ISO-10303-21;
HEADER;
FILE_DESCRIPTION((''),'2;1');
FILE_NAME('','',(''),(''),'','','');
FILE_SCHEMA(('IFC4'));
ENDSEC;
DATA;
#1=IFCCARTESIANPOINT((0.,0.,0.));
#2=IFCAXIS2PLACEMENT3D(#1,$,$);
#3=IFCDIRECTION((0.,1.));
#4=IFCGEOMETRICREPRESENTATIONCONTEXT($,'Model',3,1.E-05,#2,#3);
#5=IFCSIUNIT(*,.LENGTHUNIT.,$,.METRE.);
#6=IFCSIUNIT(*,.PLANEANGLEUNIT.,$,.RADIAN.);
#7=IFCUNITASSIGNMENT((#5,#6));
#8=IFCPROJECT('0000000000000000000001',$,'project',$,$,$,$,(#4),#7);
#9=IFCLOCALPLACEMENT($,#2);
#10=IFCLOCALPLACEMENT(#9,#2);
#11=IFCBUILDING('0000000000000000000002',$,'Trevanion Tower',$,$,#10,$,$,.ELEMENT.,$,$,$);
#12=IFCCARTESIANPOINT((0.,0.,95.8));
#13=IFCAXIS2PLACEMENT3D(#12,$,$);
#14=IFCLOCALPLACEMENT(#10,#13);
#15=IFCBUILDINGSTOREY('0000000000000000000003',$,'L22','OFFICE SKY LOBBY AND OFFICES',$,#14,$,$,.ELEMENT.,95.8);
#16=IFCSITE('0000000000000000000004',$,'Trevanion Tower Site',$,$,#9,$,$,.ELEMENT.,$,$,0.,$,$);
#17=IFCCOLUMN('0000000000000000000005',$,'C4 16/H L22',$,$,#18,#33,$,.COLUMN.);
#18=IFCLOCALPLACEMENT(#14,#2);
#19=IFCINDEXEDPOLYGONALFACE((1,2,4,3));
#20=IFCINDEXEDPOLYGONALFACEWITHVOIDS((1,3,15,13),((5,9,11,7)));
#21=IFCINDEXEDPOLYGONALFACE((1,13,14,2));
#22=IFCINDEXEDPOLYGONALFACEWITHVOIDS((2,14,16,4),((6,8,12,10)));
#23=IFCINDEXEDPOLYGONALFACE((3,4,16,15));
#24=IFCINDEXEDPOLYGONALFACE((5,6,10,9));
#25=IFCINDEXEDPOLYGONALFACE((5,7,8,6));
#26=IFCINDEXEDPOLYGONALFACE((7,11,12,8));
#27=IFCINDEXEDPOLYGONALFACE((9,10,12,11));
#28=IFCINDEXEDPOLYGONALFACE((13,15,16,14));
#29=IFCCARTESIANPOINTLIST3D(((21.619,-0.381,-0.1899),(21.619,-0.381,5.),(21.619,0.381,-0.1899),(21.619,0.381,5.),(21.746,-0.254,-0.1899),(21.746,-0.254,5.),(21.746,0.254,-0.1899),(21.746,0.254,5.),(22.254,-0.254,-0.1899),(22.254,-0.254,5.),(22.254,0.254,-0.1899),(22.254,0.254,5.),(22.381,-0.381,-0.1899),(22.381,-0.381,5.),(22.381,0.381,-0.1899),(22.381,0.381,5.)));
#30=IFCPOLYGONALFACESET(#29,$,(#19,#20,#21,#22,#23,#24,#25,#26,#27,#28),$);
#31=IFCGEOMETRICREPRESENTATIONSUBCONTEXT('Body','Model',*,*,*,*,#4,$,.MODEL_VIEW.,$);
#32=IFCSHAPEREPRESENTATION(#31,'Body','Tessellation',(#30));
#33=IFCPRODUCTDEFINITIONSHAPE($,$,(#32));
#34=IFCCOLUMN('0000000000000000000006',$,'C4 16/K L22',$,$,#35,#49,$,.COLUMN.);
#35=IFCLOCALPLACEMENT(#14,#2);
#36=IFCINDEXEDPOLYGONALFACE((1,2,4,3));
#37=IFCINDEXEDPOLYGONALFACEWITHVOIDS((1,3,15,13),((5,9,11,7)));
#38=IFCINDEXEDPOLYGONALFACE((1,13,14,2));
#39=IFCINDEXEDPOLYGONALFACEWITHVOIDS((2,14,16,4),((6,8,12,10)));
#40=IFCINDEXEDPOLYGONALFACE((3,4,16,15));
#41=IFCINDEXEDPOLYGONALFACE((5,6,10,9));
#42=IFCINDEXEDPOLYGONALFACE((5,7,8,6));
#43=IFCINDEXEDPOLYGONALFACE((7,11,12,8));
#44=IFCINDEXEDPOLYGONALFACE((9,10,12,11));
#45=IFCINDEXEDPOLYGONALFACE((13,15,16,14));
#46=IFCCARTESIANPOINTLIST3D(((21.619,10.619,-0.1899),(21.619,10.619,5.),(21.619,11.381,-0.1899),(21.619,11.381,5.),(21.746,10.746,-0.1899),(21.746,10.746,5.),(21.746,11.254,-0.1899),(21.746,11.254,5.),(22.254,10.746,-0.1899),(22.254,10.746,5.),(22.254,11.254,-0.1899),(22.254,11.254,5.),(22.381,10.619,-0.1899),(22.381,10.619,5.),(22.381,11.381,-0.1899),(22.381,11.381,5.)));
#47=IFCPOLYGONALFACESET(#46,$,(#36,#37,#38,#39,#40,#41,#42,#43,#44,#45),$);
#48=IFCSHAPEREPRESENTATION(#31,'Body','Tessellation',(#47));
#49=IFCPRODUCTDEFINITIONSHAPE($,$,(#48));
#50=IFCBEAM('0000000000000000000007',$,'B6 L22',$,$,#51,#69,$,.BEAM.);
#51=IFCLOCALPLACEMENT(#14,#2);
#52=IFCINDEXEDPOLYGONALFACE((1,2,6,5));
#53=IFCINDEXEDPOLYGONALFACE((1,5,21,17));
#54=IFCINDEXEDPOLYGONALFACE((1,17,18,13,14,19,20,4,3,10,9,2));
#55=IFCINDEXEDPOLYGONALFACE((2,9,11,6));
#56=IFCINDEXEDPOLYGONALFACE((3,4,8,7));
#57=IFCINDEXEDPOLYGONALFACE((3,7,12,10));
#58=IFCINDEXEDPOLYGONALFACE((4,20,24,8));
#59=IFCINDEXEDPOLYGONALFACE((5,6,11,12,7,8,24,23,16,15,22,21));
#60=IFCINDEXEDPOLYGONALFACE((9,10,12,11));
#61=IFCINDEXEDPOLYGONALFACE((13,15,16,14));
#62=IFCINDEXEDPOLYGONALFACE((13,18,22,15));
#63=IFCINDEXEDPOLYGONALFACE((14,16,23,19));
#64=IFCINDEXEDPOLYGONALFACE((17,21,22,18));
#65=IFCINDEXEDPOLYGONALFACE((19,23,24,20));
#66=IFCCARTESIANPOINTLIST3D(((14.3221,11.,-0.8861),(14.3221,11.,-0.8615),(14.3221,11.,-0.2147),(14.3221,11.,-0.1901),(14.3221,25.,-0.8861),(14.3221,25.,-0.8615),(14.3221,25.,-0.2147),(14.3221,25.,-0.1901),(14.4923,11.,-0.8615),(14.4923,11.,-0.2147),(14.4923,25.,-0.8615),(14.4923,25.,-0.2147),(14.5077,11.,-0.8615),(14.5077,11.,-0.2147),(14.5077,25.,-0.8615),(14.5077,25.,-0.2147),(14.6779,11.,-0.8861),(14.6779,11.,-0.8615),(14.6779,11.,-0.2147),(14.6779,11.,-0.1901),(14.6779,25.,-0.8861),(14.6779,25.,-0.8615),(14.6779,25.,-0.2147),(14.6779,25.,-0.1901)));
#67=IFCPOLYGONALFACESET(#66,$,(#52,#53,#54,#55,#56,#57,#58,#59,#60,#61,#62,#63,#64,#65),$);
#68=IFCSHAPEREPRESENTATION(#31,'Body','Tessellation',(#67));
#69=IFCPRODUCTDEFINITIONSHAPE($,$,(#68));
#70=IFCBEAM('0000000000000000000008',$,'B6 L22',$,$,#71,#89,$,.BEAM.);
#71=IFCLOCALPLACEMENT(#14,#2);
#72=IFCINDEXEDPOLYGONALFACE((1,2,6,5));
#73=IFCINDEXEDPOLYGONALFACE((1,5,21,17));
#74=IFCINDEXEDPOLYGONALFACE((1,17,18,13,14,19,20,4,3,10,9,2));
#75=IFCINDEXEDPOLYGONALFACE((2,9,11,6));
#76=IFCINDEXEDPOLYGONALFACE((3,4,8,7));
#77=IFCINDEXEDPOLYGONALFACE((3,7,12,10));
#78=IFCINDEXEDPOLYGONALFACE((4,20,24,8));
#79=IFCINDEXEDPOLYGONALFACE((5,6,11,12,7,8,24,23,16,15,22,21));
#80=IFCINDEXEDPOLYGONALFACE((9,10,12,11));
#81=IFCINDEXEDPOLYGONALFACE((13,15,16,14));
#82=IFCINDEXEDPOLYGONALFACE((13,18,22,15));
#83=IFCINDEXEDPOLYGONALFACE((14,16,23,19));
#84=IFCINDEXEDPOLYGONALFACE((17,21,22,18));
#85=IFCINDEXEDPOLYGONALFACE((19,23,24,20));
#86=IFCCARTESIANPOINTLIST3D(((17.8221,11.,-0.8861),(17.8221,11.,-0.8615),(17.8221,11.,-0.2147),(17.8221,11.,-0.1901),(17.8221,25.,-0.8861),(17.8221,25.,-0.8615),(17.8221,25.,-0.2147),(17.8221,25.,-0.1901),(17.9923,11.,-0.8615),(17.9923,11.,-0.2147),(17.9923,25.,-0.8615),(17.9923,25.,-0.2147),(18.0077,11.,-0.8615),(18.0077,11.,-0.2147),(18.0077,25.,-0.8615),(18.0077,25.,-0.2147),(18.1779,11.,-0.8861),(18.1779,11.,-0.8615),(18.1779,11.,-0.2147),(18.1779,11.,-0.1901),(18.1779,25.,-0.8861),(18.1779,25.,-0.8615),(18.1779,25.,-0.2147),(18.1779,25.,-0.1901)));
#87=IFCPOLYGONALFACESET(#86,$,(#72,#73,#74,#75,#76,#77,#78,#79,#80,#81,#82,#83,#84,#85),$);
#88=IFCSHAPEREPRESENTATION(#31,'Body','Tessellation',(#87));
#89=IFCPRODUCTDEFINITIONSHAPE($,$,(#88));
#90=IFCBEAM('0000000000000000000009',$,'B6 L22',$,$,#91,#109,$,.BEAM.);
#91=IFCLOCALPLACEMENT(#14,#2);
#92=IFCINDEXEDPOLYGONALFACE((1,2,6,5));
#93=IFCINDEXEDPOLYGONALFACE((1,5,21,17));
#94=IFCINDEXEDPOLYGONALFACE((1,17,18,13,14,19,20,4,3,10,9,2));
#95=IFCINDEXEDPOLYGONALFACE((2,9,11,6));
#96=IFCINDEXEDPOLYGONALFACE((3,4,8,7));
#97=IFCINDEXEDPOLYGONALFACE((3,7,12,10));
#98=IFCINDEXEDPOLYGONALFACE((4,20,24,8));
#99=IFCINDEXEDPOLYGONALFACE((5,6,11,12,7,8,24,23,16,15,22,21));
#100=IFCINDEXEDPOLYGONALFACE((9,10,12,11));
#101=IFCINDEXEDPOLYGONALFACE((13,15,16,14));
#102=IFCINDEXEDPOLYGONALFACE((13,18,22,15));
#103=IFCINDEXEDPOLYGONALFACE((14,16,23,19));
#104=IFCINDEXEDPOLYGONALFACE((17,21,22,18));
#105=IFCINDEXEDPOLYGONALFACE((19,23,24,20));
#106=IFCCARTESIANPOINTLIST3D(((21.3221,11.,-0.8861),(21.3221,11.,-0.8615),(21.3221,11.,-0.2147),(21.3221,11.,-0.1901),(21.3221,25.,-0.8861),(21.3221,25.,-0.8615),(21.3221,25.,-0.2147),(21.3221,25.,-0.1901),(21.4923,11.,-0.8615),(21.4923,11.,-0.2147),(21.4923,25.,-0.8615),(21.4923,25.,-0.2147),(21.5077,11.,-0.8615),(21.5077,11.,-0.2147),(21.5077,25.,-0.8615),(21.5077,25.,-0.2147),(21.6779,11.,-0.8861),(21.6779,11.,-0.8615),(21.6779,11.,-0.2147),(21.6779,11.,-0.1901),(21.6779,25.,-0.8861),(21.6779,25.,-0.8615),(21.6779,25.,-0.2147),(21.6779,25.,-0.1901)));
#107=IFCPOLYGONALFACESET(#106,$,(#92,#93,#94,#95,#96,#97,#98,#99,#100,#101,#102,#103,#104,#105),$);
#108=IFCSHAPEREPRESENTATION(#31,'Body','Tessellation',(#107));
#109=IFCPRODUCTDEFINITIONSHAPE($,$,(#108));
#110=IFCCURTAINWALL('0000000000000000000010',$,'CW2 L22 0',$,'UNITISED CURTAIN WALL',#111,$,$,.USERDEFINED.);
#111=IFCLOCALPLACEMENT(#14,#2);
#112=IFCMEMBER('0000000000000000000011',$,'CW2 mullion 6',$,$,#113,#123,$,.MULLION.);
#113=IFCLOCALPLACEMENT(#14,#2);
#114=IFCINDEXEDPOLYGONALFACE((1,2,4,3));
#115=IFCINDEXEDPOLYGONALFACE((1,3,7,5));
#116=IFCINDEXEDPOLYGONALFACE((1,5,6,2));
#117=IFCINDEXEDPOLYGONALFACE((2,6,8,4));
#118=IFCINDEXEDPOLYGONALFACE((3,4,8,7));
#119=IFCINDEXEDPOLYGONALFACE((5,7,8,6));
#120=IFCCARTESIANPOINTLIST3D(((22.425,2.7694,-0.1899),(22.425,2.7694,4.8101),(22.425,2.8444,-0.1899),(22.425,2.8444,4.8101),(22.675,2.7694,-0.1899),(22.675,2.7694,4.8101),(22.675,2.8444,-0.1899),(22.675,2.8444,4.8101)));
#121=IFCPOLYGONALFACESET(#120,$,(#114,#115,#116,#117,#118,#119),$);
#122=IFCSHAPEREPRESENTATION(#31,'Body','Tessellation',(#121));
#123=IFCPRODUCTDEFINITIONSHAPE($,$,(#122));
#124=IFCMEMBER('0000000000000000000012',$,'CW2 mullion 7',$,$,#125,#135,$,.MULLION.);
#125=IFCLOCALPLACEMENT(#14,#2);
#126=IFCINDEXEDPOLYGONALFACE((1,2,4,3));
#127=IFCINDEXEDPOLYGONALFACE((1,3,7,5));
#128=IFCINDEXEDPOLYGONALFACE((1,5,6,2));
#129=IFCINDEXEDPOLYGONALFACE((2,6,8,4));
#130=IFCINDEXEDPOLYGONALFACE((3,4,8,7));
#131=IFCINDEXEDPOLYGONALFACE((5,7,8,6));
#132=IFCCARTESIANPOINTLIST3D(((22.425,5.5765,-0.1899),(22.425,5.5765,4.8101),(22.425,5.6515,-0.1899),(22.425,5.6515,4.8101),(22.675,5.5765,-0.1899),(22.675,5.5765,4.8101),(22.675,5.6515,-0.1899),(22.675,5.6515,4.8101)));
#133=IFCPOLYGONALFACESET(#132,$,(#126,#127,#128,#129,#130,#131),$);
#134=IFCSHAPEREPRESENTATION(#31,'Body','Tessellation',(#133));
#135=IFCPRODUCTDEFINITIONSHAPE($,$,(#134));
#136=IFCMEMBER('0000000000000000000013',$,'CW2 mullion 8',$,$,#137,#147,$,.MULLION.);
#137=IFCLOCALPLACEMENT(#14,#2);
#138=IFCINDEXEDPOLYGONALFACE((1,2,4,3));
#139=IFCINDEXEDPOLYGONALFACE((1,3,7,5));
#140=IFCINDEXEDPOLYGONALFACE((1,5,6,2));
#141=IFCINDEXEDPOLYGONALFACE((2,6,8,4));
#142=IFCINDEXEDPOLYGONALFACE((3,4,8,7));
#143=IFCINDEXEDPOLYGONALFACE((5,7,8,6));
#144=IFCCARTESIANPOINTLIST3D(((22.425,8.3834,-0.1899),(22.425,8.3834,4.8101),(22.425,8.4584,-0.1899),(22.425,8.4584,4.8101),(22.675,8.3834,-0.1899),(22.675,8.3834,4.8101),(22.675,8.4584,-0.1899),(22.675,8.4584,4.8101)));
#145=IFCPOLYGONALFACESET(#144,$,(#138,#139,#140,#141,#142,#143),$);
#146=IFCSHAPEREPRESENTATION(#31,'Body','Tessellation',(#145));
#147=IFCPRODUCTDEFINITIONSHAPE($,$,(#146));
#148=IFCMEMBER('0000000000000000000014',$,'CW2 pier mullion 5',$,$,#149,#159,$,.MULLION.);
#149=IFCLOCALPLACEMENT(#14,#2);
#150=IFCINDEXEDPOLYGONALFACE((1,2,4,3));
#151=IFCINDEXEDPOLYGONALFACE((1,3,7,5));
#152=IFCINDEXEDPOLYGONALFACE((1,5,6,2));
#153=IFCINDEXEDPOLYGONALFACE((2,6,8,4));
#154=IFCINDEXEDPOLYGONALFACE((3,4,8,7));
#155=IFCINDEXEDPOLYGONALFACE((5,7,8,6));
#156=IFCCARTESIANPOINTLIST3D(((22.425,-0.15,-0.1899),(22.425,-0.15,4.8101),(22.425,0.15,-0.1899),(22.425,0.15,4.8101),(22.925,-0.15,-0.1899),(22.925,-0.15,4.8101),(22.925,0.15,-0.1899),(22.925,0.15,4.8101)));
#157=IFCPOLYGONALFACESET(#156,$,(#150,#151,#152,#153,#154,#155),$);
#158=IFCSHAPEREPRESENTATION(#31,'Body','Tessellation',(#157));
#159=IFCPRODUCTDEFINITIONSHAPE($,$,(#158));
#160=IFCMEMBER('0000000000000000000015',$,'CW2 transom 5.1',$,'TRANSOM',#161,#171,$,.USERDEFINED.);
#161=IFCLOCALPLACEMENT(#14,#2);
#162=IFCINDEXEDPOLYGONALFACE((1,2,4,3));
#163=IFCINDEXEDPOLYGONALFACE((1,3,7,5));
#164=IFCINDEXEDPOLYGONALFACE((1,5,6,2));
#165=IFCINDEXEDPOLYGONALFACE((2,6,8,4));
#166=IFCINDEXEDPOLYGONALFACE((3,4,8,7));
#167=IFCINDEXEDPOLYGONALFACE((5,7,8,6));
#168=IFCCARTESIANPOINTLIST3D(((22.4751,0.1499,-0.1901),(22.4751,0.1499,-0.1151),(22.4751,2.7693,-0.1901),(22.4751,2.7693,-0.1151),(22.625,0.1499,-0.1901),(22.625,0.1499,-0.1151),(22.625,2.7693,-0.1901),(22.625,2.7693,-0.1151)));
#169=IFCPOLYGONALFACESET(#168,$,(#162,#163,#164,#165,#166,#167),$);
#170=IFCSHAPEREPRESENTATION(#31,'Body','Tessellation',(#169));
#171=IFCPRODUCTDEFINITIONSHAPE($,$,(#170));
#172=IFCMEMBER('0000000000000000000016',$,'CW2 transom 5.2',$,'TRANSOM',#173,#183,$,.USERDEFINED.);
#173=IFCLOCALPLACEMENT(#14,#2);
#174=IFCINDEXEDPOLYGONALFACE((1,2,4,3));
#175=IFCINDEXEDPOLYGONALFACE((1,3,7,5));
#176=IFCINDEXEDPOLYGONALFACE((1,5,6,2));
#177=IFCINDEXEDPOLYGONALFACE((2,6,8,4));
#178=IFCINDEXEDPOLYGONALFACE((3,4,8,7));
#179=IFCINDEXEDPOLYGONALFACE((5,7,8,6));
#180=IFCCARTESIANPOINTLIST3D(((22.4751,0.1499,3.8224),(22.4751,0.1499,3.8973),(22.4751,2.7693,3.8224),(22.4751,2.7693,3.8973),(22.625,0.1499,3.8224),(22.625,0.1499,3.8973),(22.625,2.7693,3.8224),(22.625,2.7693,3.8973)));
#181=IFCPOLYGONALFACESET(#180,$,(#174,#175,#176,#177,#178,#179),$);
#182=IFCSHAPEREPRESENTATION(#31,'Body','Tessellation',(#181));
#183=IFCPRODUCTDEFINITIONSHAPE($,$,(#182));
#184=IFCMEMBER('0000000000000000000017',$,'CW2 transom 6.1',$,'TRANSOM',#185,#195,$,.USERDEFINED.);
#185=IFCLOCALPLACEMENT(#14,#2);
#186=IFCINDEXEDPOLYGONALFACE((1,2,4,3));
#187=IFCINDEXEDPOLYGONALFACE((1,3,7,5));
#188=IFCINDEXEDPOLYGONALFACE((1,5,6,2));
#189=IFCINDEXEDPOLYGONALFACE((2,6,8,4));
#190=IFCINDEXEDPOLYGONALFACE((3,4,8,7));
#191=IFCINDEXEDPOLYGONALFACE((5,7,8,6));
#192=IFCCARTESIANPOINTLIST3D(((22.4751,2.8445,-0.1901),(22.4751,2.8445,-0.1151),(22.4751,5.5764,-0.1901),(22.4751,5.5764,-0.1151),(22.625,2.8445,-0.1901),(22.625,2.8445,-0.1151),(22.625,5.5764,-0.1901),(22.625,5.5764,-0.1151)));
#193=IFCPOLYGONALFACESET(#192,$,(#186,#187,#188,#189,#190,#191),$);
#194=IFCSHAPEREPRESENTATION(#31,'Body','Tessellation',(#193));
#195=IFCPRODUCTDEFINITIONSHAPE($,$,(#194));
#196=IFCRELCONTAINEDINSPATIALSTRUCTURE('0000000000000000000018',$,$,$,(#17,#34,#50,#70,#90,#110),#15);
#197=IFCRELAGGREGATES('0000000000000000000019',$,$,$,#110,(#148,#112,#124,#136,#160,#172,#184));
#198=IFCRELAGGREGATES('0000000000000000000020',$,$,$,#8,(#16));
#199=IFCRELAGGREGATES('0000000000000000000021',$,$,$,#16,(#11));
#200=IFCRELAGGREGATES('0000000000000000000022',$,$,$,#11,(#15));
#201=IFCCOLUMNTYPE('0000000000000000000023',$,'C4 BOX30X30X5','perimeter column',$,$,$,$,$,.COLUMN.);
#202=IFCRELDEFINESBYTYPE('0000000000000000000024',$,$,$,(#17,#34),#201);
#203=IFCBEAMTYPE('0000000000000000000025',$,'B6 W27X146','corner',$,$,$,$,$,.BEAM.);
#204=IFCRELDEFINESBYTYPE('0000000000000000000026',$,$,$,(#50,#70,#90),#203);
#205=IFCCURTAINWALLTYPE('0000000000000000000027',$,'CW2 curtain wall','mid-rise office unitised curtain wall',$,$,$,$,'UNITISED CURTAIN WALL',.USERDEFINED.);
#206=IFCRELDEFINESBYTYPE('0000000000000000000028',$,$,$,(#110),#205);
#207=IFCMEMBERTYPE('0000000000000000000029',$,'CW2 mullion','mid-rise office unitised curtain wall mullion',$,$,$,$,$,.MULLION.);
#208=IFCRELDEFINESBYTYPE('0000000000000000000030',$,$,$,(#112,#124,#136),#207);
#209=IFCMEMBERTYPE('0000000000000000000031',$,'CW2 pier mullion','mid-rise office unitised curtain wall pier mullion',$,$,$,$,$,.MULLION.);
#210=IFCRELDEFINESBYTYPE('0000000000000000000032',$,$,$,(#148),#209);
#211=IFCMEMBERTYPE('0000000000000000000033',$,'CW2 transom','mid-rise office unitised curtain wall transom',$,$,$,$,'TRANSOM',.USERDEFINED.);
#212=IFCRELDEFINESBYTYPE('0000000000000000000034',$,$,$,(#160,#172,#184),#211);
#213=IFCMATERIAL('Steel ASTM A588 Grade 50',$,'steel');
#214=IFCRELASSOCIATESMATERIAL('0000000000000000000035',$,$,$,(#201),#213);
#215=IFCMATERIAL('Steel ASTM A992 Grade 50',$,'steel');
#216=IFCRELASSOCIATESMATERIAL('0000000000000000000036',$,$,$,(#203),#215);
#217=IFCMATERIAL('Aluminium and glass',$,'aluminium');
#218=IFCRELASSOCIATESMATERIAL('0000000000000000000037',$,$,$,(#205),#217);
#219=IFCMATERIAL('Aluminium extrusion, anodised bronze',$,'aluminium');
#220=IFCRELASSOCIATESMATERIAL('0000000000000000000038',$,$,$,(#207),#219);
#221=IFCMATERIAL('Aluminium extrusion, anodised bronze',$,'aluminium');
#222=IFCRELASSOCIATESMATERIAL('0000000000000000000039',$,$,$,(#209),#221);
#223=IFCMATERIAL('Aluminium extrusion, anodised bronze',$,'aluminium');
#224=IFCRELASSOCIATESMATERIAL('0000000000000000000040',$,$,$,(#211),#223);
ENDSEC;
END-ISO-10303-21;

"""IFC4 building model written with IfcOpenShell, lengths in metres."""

from ifc_helpers import new_model, si_unit, direction, frame, origin, origin_2d, place, context, subcontext, project, spatial, rectangle, hollow_rectangle, i_section, extrude, material, material_profile, profile_set, type_object, element, aggregate, save


model = new_model("IFC4")

# Units and contexts
model_context = context("Model", 3, precision=1e-05, world=origin(), true_north=direction((0.0, 1.0)))
body_context = subcontext(model_context, "Body", "Model", "MODEL_VIEW")
ifc_project = project(units=[si_unit("LENGTHUNIT", "METRE"), si_unit("PLANEANGLEUNIT", "RADIAN")], contexts=[model_context])

# Site, building, storey
site_placement = place(None, origin())
site = spatial("IfcSite", under=ifc_project, at=site_placement, Name="Trevanion Tower Site", CompositionType="ELEMENT", RefElevation=0.0)
building_placement = place(site_placement, origin())
building = spatial("IfcBuilding", under=site, at=building_placement, Name="Trevanion Tower", CompositionType="ELEMENT")
storey_placement = place(building_placement, frame((0.0, 0.0, 95.8)))
storey = spatial("IfcBuildingStorey", under=building, at=storey_placement, Name="L22", Description="OFFICE SKY LOBBY AND OFFICES", CompositionType="ELEMENT", Elevation=95.8)

# Columns
ifc_material_1 = material(Name="Steel ASTM A588 Grade 50", Category="steel")
ifc_material_profile_1 = material_profile(ifc_material_1, hollow_rectangle(XDim=0.762, YDim=0.762, WallThickness=0.127, at=origin_2d()), Name="BOX30X30X5")
ifc_profile_set_1 = profile_set([ifc_material_profile_1], Name="Steel ASTM A588 Grade 50")
column_type = type_object("IfcColumnType", Name="C4 BOX30X30X5", Description="perimeter column", PredefinedType="COLUMN", material=ifc_profile_set_1)
for number, where, z_axis, x_axis, name in (
    (1, (22.0, 0.0, -0.1899), (0.0, 0.0, 1.0), (0.0, 1.0, 0.0), "C4 16/H L22"),
    (2, (22.0, 11.0, -0.1899), (0.0, 0.0, 1.0), (0.0, 1.0, 0.0), "C4 16/K L22"),
):
    element("IfcColumn", number, at=place(storey_placement, frame(where, z_axis=z_axis, x_axis=x_axis)), inside=storey, type_object=column_type, Name=name, PredefinedType="COLUMN", context=body_context, shape_type="SweptSolid", body=[
        extrude(hollow_rectangle(XDim=0.762, YDim=0.762, WallThickness=0.127, at=origin_2d()), origin(), (0.0, 0.0, 1.0), 5.1899),
    ])

# Beams
ifc_material_2 = material(Name="Steel ASTM A992 Grade 50", Category="steel")
ifc_material_profile_2 = material_profile(ifc_material_2, i_section(OverallWidth=0.3557, OverallDepth=0.696, WebThickness=0.0154, FlangeThickness=0.0247, at=origin_2d()), Name="W27X146")
ifc_profile_set_2 = profile_set([ifc_material_profile_2], Name="Steel ASTM A992 Grade 50")
beam_type = type_object("IfcBeamType", Name="B6 W27X146", Description="corner", PredefinedType="BEAM", material=ifc_profile_set_2)
for number, where, z_axis, x_axis, name in (
    (3, (14.5, 11.0, -0.5381), (0.0, 1.0, 0.0), (-1.0, 0.0, 0.0), "B6 L22"),
    (4, (18.0, 11.0, -0.5381), (0.0, 1.0, 0.0), (-1.0, 0.0, 0.0), "B6 L22"),
    (5, (21.5, 11.0, -0.5381), (0.0, 1.0, 0.0), (-1.0, 0.0, 0.0), "B6 L22"),
):
    element("IfcBeam", number, at=place(storey_placement, frame(where, z_axis=z_axis, x_axis=x_axis)), inside=storey, type_object=beam_type, Name=name, PredefinedType="BEAM", context=body_context, shape_type="SweptSolid", body=[
        extrude(i_section(OverallWidth=0.3557, OverallDepth=0.696, WebThickness=0.0154, FlangeThickness=0.0247, at=origin_2d()), origin(), (0.0, 0.0, 1.0), 14.0),
    ])

# Curtain wall, members
ifc_material_3 = material(Name="Aluminium and glass", Category="aluminium")
curtain_wall_type = type_object("IfcCurtainWallType", Name="CW2 curtain wall", Description="mid-rise office unitised curtain wall", ElementType="UNITISED CURTAIN WALL", PredefinedType="USERDEFINED", material=ifc_material_3)
curtain_wall_placement = place(storey_placement, origin())
curtain_wall = element("IfcCurtainWall", 6, at=curtain_wall_placement, inside=storey, type_object=curtain_wall_type, Name="CW2 L22 0", ObjectType="UNITISED CURTAIN WALL", PredefinedType="USERDEFINED")
ifc_material_4 = material(Name="Aluminium extrusion, anodised bronze", Category="aluminium")
ifc_material_profile_3 = material_profile(ifc_material_4, rectangle(XDim=0.075, YDim=0.25, at=origin_2d()), Name="CW2 mullion")
ifc_profile_set_3 = profile_set([ifc_material_profile_3], Name="Aluminium extrusion, anodised bronze")
member_type_1 = type_object("IfcMemberType", Name="CW2 mullion", Description="mid-rise office unitised curtain wall mullion", PredefinedType="MULLION", material=ifc_profile_set_3)
member_1_placement = place(storey_placement, frame((22.55, 2.8069, -0.1899), z_axis=(0.0, 0.0, 1.0), x_axis=(0.0, 1.0, 0.0)))
member_1 = element("IfcMember", 7, at=member_1_placement, type_object=member_type_1, Name="CW2 mullion 6", PredefinedType="MULLION", context=body_context, shape_type="SweptSolid", body=[
    extrude(rectangle(XDim=0.075, YDim=0.25, at=origin_2d()), origin(), (0.0, 0.0, 1.0), 5.0),
])
member_2_placement = place(storey_placement, frame((22.55, 5.614, -0.1899), z_axis=(0.0, 0.0, 1.0), x_axis=(0.0, 1.0, 0.0)))
member_2 = element("IfcMember", 8, at=member_2_placement, type_object=member_type_1, Name="CW2 mullion 7", PredefinedType="MULLION", context=body_context, shape_type="SweptSolid", body=[
    extrude(rectangle(XDim=0.075, YDim=0.25, at=origin_2d()), origin(), (0.0, 0.0, 1.0), 5.0),
])
member_3_placement = place(storey_placement, frame((22.55, 8.4209, -0.1899), z_axis=(0.0, 0.0, 1.0), x_axis=(0.0, 1.0, 0.0)))
member_3 = element("IfcMember", 9, at=member_3_placement, type_object=member_type_1, Name="CW2 mullion 8", PredefinedType="MULLION", context=body_context, shape_type="SweptSolid", body=[
    extrude(rectangle(XDim=0.075, YDim=0.25, at=origin_2d()), origin(), (0.0, 0.0, 1.0), 5.0),
])
ifc_material_5 = material(Name="Aluminium extrusion, anodised bronze", Category="aluminium")
ifc_material_profile_4 = material_profile(ifc_material_5, rectangle(XDim=0.3, YDim=0.5, at=origin_2d()), Name="CW2 pier mullion")
ifc_profile_set_4 = profile_set([ifc_material_profile_4], Name="Aluminium extrusion, anodised bronze")
member_type_2 = type_object("IfcMemberType", Name="CW2 pier mullion", Description="mid-rise office unitised curtain wall pier mullion", PredefinedType="MULLION", material=ifc_profile_set_4)
member_4_placement = place(storey_placement, frame((22.675, 0.0, -0.1899), z_axis=(0.0, 0.0, 1.0), x_axis=(0.0, 1.0, 0.0)))
member_4 = element("IfcMember", 10, at=member_4_placement, type_object=member_type_2, Name="CW2 pier mullion 5", PredefinedType="MULLION", context=body_context, shape_type="SweptSolid", body=[
    extrude(rectangle(XDim=0.3, YDim=0.5, at=origin_2d()), origin(), (0.0, 0.0, 1.0), 5.0),
])
ifc_material_6 = material(Name="Aluminium extrusion, anodised bronze", Category="aluminium")
ifc_material_profile_5 = material_profile(ifc_material_6, rectangle(XDim=0.1499, YDim=0.075, at=origin_2d()), Name="CW2 transom")
ifc_profile_set_5 = profile_set([ifc_material_profile_5], Name="Aluminium extrusion, anodised bronze")
member_type_3 = type_object("IfcMemberType", Name="CW2 transom", Description="mid-rise office unitised curtain wall transom", ElementType="TRANSOM", PredefinedType="USERDEFINED", material=ifc_profile_set_5)
member_5_placement = place(storey_placement, frame((22.55, 0.1499, -0.1526), z_axis=(0.0, 1.0, 0.0), x_axis=(-1.0, 0.0, 0.0)))
member_5 = element("IfcMember", 11, at=member_5_placement, type_object=member_type_3, Name="CW2 transom 5.1", ObjectType="TRANSOM", PredefinedType="USERDEFINED", context=body_context, shape_type="SweptSolid", body=[
    extrude(rectangle(XDim=0.1499, YDim=0.075, at=origin_2d()), origin(), (0.0, 0.0, 1.0), 2.6194),
])
member_6_placement = place(storey_placement, frame((22.55, 0.1499, 3.8599), z_axis=(0.0, 1.0, 0.0), x_axis=(-1.0, 0.0, 0.0)))
member_6 = element("IfcMember", 12, at=member_6_placement, type_object=member_type_3, Name="CW2 transom 5.2", ObjectType="TRANSOM", PredefinedType="USERDEFINED", context=body_context, shape_type="SweptSolid", body=[
    extrude(rectangle(XDim=0.1499, YDim=0.075, at=origin_2d()), origin(), (0.0, 0.0, 1.0), 2.6194),
])
member_7_placement = place(storey_placement, frame((22.55, 2.8445, -0.1526), z_axis=(0.0, 1.0, 0.0), x_axis=(-1.0, 0.0, 0.0)))
member_7 = element("IfcMember", 13, at=member_7_placement, type_object=member_type_3, Name="CW2 transom 6.1", ObjectType="TRANSOM", PredefinedType="USERDEFINED", context=body_context, shape_type="SweptSolid", body=[
    extrude(rectangle(XDim=0.1499, YDim=0.075, at=origin_2d()), origin(), (0.0, 0.0, 1.0), 2.7319),
])
aggregate(curtain_wall, [member_4, member_1, member_2, member_3, member_5, member_6, member_7])

save(model, "model.ifc")
